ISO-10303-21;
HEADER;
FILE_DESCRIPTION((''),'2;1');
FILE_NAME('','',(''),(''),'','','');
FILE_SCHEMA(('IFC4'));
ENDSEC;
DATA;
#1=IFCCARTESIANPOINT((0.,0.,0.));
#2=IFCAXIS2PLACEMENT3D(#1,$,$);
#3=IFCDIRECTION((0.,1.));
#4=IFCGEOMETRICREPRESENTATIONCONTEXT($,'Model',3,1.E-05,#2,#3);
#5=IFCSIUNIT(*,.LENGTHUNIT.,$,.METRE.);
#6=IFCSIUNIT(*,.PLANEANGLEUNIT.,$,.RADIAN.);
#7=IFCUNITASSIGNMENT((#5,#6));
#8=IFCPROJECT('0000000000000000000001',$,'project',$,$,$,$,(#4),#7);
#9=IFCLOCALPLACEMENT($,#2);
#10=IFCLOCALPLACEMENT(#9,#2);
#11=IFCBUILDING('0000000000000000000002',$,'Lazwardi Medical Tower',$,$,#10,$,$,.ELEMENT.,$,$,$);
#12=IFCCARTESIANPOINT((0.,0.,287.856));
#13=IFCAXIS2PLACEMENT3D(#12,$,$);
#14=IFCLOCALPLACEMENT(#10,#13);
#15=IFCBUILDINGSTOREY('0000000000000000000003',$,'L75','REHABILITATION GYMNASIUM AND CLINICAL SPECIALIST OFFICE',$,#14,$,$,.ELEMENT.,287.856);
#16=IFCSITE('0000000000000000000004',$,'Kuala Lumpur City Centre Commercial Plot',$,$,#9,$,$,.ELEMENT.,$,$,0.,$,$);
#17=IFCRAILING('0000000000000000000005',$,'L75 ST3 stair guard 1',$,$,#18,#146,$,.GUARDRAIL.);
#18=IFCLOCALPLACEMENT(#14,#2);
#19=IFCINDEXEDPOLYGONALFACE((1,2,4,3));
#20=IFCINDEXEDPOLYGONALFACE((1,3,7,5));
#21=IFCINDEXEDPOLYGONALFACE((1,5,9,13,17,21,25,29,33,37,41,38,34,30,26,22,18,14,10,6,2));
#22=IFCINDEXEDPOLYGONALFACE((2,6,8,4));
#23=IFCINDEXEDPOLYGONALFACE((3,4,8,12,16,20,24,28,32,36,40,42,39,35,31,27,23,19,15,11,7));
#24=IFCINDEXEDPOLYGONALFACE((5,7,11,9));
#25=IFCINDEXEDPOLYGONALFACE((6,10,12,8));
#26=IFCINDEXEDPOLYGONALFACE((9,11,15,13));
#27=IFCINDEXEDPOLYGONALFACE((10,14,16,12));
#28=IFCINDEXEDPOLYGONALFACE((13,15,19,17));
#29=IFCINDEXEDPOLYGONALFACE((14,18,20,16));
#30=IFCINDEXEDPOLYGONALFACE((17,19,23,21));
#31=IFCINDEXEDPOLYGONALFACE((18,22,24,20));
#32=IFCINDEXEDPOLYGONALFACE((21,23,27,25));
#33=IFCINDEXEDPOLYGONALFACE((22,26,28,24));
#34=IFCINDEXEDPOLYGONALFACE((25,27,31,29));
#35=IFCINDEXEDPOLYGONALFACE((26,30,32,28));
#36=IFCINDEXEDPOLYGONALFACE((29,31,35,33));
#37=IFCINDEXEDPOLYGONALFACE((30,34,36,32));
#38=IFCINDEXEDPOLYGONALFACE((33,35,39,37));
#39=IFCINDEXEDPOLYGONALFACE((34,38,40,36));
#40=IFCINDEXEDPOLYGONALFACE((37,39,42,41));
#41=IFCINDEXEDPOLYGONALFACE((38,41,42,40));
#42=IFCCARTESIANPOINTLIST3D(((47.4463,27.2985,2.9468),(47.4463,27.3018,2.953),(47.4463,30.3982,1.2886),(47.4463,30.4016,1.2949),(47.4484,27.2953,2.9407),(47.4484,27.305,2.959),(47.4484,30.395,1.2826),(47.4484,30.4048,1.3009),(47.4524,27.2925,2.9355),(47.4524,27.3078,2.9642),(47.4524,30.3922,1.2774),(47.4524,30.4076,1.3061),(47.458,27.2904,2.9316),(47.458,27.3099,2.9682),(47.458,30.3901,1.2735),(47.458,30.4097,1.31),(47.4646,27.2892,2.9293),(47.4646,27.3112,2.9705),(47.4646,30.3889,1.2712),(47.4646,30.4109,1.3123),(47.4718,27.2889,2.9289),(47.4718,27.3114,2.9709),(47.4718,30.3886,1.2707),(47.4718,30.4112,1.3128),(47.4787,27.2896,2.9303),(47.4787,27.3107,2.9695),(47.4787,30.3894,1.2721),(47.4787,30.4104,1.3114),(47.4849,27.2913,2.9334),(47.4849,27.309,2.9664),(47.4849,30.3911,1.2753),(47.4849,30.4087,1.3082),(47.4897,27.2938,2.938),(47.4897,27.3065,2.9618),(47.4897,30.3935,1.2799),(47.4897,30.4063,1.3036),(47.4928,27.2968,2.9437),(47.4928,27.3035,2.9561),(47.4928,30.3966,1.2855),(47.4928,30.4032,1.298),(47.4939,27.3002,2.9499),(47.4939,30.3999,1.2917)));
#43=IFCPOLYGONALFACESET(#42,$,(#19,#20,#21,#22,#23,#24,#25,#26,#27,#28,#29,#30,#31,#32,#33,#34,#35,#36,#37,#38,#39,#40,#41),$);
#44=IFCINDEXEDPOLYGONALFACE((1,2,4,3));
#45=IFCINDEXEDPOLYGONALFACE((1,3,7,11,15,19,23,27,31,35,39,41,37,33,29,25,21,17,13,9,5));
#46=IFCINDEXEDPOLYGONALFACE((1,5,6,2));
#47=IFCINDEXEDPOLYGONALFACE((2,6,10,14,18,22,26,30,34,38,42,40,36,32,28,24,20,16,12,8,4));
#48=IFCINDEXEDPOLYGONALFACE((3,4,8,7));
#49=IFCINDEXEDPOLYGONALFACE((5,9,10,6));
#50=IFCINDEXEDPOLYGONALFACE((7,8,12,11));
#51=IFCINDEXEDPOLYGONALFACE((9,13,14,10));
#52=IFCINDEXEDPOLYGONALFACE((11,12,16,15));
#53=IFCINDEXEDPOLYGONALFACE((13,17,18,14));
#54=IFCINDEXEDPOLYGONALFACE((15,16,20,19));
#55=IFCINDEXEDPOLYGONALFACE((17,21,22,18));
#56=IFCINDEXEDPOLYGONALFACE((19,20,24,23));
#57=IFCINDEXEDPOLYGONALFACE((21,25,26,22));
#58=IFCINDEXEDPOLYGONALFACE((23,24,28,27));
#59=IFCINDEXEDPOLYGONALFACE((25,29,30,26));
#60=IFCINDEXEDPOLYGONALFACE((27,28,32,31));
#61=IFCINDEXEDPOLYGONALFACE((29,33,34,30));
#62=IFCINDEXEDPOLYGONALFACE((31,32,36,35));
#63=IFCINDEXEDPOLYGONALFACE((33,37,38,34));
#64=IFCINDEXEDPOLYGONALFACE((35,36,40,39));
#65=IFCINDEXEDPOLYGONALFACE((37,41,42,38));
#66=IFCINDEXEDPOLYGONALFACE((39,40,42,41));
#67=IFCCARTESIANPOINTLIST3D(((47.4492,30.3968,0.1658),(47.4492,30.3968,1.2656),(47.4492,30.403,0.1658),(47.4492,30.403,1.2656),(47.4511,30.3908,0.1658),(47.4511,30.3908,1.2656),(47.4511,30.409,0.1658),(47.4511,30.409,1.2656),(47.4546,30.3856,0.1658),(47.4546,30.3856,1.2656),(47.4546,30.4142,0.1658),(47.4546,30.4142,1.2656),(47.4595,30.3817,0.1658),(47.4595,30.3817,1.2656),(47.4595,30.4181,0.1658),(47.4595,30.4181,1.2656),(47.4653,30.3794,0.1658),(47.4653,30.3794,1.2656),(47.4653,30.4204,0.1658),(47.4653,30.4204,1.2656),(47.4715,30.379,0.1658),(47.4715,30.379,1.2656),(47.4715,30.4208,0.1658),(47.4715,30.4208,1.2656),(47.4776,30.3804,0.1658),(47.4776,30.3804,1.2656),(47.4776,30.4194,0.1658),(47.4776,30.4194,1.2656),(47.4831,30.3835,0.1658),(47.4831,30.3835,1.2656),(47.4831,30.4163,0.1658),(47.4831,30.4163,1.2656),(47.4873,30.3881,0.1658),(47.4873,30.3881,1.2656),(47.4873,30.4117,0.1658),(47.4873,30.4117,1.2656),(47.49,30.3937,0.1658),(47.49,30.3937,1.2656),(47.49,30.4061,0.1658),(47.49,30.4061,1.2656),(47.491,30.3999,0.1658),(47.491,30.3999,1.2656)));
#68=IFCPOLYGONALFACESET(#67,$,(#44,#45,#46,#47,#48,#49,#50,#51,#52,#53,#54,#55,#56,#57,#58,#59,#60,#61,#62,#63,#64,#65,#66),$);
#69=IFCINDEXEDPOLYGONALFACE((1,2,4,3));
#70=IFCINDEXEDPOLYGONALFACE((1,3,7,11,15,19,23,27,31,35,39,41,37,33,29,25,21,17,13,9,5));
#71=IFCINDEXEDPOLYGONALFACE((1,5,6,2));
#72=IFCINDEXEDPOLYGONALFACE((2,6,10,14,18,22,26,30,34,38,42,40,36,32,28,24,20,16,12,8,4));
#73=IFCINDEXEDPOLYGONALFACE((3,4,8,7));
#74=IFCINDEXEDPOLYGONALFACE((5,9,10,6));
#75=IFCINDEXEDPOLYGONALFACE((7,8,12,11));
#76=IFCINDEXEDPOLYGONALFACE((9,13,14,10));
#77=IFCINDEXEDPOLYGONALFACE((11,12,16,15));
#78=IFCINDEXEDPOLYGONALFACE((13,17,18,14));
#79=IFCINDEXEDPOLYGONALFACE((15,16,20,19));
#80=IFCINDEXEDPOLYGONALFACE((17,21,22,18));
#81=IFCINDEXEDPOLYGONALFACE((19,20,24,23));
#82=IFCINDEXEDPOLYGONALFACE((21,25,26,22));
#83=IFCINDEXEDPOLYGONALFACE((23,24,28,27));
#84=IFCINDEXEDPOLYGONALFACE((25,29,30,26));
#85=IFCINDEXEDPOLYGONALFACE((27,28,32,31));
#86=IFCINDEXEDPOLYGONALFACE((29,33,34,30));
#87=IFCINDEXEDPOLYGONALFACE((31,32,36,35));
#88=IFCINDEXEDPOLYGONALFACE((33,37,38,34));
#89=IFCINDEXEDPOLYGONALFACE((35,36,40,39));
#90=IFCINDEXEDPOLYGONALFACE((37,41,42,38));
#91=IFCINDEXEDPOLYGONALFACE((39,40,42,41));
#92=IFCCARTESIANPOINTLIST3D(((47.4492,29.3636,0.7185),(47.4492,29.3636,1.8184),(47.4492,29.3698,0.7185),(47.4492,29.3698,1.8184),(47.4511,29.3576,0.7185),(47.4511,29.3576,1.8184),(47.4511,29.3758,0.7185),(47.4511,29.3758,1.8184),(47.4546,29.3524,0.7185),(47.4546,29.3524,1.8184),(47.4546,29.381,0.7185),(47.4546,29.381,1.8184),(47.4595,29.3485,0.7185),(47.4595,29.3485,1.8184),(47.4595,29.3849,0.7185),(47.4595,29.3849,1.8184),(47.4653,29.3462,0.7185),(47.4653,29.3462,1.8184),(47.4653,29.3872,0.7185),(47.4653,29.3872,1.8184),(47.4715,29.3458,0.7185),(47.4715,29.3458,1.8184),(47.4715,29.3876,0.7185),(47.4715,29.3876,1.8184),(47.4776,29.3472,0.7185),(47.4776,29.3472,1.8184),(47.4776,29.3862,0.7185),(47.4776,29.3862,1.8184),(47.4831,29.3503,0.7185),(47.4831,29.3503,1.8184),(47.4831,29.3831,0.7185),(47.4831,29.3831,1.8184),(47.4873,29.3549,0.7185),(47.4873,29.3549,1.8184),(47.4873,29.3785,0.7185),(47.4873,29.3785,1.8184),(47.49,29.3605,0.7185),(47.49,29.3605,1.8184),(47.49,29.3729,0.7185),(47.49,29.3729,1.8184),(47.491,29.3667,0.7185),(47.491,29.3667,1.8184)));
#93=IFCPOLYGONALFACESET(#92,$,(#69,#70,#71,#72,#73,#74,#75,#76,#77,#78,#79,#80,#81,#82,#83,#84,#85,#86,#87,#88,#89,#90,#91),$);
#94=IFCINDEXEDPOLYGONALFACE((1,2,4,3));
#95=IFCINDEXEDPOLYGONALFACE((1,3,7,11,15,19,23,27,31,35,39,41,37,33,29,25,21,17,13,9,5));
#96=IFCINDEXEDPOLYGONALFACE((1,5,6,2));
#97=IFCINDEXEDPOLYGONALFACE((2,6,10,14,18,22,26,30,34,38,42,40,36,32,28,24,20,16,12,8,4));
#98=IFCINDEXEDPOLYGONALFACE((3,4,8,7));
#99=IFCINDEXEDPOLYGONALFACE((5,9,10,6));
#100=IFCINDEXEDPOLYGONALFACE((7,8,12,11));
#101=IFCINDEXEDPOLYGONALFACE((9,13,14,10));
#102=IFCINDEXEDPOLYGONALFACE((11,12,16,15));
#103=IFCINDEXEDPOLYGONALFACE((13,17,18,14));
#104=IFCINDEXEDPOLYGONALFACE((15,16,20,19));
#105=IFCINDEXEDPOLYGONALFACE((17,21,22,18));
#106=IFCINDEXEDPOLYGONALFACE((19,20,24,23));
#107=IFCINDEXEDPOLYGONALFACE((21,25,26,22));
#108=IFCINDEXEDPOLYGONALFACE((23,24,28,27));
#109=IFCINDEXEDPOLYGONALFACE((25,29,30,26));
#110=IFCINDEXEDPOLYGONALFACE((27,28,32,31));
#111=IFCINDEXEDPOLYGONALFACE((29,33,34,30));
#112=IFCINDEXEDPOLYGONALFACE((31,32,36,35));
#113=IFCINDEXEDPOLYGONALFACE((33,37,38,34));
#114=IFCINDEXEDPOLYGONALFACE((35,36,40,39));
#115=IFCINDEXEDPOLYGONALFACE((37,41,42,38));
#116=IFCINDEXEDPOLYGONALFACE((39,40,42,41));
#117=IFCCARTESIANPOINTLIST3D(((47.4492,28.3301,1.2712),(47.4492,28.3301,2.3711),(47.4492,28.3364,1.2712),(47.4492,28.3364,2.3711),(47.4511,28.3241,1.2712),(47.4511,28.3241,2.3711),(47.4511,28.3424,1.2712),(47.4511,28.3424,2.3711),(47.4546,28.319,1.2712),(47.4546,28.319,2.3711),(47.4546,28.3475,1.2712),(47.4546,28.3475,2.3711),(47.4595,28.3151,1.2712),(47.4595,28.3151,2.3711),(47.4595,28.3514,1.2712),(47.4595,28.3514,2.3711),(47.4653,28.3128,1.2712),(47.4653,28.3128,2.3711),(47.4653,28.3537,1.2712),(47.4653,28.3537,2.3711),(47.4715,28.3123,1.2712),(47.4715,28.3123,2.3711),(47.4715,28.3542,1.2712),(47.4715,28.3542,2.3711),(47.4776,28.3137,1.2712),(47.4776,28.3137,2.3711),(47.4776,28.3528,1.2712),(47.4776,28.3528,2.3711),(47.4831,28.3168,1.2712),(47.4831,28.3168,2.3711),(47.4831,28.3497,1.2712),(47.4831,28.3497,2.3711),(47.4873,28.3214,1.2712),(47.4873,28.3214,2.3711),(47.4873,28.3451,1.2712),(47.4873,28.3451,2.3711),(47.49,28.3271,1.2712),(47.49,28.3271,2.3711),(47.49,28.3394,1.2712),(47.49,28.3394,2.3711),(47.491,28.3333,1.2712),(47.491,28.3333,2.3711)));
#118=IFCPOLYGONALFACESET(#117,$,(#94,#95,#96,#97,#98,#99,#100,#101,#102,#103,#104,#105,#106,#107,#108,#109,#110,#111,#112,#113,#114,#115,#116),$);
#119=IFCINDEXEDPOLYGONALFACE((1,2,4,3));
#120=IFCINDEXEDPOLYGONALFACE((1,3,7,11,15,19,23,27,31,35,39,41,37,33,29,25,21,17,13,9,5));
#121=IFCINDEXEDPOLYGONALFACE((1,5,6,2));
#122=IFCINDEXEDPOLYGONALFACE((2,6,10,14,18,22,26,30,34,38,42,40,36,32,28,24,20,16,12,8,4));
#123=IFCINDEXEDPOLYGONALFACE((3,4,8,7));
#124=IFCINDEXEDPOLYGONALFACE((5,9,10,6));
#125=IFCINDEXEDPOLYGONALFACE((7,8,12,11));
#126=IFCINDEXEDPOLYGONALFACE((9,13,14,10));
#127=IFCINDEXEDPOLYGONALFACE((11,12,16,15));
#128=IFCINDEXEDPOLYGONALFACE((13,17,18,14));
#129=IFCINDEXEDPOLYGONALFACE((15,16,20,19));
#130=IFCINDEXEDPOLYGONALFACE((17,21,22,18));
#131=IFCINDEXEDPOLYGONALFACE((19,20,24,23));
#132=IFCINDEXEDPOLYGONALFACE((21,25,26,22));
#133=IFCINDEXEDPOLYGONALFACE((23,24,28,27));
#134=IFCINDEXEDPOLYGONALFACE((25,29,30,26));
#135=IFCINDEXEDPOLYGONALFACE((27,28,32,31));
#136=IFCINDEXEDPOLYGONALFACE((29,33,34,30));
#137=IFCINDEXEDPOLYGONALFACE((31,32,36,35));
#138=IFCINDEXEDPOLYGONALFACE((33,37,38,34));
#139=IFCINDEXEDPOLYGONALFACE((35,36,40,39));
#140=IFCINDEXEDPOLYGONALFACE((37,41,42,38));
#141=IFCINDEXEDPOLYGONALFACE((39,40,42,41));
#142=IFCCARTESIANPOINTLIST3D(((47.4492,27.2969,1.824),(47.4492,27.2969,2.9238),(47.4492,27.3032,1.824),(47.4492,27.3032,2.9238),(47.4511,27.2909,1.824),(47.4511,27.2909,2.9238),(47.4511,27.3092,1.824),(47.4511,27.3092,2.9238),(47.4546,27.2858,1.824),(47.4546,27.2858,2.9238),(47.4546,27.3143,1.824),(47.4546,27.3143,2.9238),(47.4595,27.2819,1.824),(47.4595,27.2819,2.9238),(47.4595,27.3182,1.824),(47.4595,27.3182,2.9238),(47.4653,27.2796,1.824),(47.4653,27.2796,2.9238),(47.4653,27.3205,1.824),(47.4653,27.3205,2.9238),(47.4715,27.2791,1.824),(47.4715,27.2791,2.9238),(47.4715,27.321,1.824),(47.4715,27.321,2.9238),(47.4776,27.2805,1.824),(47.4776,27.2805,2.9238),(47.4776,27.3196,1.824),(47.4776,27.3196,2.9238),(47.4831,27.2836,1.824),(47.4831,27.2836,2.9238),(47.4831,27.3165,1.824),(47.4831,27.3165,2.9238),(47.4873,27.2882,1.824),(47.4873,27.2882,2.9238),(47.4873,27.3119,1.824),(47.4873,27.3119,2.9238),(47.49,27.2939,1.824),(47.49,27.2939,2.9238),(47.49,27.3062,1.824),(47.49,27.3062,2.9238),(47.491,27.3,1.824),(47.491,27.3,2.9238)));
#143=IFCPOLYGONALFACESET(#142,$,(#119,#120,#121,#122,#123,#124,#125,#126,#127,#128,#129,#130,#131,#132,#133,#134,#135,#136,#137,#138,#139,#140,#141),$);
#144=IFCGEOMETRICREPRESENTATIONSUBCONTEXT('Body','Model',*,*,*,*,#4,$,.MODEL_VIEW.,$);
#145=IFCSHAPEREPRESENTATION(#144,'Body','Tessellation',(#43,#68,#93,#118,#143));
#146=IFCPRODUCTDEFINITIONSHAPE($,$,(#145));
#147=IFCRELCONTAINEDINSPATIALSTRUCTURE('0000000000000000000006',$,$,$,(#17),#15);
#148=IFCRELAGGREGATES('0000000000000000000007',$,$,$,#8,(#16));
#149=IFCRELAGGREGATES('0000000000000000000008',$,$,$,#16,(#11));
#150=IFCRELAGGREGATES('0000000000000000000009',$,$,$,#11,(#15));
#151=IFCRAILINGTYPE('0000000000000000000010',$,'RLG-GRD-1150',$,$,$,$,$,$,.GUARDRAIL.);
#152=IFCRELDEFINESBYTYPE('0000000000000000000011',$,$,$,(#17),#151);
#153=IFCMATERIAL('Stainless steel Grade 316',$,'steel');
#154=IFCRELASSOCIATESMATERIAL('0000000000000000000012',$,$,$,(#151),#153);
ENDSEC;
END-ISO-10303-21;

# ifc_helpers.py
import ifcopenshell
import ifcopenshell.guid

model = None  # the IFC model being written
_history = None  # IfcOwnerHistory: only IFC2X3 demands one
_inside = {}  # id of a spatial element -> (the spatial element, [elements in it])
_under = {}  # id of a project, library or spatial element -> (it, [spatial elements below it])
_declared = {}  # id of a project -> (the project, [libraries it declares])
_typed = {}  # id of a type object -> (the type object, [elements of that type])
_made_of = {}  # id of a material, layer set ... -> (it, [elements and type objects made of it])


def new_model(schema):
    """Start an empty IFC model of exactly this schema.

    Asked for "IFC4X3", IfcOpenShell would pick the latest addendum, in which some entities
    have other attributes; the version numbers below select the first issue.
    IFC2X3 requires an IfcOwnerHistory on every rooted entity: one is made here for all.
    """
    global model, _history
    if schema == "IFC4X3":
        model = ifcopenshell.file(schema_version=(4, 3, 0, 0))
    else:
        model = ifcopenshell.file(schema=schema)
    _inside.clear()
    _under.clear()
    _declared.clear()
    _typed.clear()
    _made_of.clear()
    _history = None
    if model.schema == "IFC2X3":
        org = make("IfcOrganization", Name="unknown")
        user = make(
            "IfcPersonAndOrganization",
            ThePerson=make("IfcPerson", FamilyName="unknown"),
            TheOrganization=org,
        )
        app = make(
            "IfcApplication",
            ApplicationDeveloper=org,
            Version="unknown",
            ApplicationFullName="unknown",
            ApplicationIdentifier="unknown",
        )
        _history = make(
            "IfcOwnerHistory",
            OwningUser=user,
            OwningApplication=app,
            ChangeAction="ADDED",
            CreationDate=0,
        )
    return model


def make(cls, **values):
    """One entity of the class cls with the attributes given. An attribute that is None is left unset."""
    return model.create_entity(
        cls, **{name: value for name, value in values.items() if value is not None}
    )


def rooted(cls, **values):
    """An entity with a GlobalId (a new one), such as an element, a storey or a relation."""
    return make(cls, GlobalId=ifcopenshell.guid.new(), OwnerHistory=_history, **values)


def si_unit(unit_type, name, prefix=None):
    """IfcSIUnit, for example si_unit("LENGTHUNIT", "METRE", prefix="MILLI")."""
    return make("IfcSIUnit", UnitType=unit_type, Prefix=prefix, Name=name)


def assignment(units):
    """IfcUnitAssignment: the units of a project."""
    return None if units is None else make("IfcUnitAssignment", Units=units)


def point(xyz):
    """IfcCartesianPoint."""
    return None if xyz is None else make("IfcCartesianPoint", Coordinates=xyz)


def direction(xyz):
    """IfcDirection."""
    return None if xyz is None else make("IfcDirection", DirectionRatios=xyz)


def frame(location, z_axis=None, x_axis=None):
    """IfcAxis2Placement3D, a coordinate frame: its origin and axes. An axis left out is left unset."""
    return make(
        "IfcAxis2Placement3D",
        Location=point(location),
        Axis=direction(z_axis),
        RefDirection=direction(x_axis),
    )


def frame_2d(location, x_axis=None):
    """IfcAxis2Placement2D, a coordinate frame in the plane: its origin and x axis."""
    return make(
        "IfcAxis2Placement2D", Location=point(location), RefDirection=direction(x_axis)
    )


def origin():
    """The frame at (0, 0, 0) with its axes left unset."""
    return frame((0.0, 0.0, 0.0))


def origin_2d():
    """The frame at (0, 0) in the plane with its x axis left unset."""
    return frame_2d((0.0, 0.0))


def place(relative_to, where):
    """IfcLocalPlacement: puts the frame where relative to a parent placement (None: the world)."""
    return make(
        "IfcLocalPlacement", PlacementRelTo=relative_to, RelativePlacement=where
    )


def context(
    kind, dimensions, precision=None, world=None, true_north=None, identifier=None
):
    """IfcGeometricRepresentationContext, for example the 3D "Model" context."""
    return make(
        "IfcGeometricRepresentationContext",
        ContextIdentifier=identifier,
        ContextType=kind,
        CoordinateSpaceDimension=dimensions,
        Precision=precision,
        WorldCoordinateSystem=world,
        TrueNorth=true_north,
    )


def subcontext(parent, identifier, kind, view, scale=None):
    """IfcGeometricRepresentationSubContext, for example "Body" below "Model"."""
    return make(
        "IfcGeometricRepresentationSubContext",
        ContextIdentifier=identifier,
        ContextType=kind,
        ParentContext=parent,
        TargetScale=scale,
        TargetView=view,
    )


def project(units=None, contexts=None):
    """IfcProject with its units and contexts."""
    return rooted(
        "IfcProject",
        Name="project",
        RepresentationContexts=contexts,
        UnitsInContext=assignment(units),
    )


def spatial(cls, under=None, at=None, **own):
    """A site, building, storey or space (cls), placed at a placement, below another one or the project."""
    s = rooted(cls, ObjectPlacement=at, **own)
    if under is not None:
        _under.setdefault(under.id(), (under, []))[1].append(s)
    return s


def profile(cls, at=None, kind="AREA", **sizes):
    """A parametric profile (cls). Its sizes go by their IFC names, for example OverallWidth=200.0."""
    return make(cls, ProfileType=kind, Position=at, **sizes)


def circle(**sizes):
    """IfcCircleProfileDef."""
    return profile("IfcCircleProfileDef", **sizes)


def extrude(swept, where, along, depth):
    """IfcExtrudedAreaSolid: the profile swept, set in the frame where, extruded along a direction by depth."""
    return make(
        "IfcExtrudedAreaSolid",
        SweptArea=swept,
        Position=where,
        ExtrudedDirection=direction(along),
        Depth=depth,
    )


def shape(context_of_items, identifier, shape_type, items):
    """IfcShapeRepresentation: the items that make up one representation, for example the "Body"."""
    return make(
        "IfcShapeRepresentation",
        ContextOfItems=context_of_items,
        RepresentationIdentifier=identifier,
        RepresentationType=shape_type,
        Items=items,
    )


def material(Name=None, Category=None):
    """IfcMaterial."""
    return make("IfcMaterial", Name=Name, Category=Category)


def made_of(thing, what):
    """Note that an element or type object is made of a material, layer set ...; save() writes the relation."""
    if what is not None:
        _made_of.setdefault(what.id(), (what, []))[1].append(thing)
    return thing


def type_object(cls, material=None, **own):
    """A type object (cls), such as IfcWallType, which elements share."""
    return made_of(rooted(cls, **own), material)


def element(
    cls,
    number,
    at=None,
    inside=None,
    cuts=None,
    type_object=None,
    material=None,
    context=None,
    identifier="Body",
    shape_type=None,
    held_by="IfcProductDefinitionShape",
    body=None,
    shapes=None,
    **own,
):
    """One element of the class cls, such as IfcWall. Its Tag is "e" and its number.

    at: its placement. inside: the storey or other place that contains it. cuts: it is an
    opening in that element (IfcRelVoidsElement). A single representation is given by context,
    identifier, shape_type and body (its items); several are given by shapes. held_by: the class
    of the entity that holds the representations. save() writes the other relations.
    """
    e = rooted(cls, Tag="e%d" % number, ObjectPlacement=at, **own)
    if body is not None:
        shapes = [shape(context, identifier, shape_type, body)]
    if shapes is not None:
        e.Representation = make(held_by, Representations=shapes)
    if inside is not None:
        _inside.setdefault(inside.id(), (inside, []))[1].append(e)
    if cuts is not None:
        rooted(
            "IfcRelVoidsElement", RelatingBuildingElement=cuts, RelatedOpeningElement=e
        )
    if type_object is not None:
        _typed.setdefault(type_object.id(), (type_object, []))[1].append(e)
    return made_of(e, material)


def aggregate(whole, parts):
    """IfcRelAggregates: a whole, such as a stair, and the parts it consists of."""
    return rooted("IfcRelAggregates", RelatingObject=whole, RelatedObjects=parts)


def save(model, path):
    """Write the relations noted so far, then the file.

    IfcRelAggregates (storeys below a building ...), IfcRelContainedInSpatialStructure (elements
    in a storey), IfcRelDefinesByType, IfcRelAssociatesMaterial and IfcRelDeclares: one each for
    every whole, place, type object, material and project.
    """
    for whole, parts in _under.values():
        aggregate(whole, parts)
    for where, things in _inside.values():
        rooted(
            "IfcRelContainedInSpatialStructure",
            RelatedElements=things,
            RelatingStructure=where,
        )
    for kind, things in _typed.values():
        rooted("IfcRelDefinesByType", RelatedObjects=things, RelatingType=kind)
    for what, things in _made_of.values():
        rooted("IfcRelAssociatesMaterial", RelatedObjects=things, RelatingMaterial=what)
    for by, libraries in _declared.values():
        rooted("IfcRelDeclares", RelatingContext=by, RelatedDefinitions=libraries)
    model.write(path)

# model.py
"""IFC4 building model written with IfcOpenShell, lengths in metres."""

from ifc_helpers import new_model, si_unit, direction, frame, origin, origin_2d, place, context, subcontext, project, spatial, circle, extrude, material, type_object, element, save


model = new_model("IFC4")

# Units and contexts
model_context = context("Model", 3, precision=1e-05, world=origin(), true_north=direction((0.0, 1.0)))
body_context = subcontext(model_context, "Body", "Model", "MODEL_VIEW")
ifc_project = project(units=[si_unit("LENGTHUNIT", "METRE"), si_unit("PLANEANGLEUNIT", "RADIAN")], contexts=[model_context])

# Site, building, storey
site_placement = place(None, origin())
site = spatial("IfcSite", under=ifc_project, at=site_placement, Name="Kuala Lumpur City Centre Commercial Plot", CompositionType="ELEMENT", RefElevation=0.0)
building_placement = place(site_placement, origin())
building = spatial("IfcBuilding", under=site, at=building_placement, Name="Lazwardi Medical Tower", CompositionType="ELEMENT")
storey_placement = place(building_placement, frame((0.0, 0.0, 287.856)))
storey = spatial("IfcBuildingStorey", under=building, at=storey_placement, Name="L75", Description="REHABILITATION GYMNASIUM AND CLINICAL SPECIALIST OFFICE", CompositionType="ELEMENT", Elevation=287.856)

# Railing
ifc_material_1 = material(Name="Stainless steel Grade 316", Category="steel")
railing_type_1 = type_object("IfcRailingType", Name="RLG-GRD-1150", PredefinedType="GUARDRAIL", material=ifc_material_1)
railing_1_placement = place(storey_placement, frame((47.47, 30.3999, 0.1658)))
element("IfcRailing", 1, at=railing_1_placement, inside=storey, type_object=railing_type_1, Name="L75 ST3 stair guard 1", PredefinedType="GUARDRAIL", context=body_context, shape_type="SweptSolid", body=[
    extrude(circle(Radius=0.0239, at=origin_2d()), frame((0.0, 0.0, 1.126), z_axis=(0.0, -0.881768, 0.471684), x_axis=(1.0, 0.0, 0.0)), (0.0, 0.0, 1.0), 3.5154),
    extrude(circle(Radius=0.021, at=origin_2d()), origin(), (0.0, 0.0, 1.0), 1.0999),
    extrude(circle(Radius=0.021, at=origin_2d()), frame((0.0, -1.0332, 0.5527)), (0.0, 0.0, 1.0), 1.0999),
    extrude(circle(Radius=0.021, at=origin_2d()), frame((0.0, -2.0667, 1.1055)), (0.0, 0.0, 1.0), 1.0999),
    extrude(circle(Radius=0.021, at=origin_2d()), frame((0.0, -3.0999, 1.6582)), (0.0, 0.0, 1.0), 1.0999),
])

save(model, "model.ifc")
